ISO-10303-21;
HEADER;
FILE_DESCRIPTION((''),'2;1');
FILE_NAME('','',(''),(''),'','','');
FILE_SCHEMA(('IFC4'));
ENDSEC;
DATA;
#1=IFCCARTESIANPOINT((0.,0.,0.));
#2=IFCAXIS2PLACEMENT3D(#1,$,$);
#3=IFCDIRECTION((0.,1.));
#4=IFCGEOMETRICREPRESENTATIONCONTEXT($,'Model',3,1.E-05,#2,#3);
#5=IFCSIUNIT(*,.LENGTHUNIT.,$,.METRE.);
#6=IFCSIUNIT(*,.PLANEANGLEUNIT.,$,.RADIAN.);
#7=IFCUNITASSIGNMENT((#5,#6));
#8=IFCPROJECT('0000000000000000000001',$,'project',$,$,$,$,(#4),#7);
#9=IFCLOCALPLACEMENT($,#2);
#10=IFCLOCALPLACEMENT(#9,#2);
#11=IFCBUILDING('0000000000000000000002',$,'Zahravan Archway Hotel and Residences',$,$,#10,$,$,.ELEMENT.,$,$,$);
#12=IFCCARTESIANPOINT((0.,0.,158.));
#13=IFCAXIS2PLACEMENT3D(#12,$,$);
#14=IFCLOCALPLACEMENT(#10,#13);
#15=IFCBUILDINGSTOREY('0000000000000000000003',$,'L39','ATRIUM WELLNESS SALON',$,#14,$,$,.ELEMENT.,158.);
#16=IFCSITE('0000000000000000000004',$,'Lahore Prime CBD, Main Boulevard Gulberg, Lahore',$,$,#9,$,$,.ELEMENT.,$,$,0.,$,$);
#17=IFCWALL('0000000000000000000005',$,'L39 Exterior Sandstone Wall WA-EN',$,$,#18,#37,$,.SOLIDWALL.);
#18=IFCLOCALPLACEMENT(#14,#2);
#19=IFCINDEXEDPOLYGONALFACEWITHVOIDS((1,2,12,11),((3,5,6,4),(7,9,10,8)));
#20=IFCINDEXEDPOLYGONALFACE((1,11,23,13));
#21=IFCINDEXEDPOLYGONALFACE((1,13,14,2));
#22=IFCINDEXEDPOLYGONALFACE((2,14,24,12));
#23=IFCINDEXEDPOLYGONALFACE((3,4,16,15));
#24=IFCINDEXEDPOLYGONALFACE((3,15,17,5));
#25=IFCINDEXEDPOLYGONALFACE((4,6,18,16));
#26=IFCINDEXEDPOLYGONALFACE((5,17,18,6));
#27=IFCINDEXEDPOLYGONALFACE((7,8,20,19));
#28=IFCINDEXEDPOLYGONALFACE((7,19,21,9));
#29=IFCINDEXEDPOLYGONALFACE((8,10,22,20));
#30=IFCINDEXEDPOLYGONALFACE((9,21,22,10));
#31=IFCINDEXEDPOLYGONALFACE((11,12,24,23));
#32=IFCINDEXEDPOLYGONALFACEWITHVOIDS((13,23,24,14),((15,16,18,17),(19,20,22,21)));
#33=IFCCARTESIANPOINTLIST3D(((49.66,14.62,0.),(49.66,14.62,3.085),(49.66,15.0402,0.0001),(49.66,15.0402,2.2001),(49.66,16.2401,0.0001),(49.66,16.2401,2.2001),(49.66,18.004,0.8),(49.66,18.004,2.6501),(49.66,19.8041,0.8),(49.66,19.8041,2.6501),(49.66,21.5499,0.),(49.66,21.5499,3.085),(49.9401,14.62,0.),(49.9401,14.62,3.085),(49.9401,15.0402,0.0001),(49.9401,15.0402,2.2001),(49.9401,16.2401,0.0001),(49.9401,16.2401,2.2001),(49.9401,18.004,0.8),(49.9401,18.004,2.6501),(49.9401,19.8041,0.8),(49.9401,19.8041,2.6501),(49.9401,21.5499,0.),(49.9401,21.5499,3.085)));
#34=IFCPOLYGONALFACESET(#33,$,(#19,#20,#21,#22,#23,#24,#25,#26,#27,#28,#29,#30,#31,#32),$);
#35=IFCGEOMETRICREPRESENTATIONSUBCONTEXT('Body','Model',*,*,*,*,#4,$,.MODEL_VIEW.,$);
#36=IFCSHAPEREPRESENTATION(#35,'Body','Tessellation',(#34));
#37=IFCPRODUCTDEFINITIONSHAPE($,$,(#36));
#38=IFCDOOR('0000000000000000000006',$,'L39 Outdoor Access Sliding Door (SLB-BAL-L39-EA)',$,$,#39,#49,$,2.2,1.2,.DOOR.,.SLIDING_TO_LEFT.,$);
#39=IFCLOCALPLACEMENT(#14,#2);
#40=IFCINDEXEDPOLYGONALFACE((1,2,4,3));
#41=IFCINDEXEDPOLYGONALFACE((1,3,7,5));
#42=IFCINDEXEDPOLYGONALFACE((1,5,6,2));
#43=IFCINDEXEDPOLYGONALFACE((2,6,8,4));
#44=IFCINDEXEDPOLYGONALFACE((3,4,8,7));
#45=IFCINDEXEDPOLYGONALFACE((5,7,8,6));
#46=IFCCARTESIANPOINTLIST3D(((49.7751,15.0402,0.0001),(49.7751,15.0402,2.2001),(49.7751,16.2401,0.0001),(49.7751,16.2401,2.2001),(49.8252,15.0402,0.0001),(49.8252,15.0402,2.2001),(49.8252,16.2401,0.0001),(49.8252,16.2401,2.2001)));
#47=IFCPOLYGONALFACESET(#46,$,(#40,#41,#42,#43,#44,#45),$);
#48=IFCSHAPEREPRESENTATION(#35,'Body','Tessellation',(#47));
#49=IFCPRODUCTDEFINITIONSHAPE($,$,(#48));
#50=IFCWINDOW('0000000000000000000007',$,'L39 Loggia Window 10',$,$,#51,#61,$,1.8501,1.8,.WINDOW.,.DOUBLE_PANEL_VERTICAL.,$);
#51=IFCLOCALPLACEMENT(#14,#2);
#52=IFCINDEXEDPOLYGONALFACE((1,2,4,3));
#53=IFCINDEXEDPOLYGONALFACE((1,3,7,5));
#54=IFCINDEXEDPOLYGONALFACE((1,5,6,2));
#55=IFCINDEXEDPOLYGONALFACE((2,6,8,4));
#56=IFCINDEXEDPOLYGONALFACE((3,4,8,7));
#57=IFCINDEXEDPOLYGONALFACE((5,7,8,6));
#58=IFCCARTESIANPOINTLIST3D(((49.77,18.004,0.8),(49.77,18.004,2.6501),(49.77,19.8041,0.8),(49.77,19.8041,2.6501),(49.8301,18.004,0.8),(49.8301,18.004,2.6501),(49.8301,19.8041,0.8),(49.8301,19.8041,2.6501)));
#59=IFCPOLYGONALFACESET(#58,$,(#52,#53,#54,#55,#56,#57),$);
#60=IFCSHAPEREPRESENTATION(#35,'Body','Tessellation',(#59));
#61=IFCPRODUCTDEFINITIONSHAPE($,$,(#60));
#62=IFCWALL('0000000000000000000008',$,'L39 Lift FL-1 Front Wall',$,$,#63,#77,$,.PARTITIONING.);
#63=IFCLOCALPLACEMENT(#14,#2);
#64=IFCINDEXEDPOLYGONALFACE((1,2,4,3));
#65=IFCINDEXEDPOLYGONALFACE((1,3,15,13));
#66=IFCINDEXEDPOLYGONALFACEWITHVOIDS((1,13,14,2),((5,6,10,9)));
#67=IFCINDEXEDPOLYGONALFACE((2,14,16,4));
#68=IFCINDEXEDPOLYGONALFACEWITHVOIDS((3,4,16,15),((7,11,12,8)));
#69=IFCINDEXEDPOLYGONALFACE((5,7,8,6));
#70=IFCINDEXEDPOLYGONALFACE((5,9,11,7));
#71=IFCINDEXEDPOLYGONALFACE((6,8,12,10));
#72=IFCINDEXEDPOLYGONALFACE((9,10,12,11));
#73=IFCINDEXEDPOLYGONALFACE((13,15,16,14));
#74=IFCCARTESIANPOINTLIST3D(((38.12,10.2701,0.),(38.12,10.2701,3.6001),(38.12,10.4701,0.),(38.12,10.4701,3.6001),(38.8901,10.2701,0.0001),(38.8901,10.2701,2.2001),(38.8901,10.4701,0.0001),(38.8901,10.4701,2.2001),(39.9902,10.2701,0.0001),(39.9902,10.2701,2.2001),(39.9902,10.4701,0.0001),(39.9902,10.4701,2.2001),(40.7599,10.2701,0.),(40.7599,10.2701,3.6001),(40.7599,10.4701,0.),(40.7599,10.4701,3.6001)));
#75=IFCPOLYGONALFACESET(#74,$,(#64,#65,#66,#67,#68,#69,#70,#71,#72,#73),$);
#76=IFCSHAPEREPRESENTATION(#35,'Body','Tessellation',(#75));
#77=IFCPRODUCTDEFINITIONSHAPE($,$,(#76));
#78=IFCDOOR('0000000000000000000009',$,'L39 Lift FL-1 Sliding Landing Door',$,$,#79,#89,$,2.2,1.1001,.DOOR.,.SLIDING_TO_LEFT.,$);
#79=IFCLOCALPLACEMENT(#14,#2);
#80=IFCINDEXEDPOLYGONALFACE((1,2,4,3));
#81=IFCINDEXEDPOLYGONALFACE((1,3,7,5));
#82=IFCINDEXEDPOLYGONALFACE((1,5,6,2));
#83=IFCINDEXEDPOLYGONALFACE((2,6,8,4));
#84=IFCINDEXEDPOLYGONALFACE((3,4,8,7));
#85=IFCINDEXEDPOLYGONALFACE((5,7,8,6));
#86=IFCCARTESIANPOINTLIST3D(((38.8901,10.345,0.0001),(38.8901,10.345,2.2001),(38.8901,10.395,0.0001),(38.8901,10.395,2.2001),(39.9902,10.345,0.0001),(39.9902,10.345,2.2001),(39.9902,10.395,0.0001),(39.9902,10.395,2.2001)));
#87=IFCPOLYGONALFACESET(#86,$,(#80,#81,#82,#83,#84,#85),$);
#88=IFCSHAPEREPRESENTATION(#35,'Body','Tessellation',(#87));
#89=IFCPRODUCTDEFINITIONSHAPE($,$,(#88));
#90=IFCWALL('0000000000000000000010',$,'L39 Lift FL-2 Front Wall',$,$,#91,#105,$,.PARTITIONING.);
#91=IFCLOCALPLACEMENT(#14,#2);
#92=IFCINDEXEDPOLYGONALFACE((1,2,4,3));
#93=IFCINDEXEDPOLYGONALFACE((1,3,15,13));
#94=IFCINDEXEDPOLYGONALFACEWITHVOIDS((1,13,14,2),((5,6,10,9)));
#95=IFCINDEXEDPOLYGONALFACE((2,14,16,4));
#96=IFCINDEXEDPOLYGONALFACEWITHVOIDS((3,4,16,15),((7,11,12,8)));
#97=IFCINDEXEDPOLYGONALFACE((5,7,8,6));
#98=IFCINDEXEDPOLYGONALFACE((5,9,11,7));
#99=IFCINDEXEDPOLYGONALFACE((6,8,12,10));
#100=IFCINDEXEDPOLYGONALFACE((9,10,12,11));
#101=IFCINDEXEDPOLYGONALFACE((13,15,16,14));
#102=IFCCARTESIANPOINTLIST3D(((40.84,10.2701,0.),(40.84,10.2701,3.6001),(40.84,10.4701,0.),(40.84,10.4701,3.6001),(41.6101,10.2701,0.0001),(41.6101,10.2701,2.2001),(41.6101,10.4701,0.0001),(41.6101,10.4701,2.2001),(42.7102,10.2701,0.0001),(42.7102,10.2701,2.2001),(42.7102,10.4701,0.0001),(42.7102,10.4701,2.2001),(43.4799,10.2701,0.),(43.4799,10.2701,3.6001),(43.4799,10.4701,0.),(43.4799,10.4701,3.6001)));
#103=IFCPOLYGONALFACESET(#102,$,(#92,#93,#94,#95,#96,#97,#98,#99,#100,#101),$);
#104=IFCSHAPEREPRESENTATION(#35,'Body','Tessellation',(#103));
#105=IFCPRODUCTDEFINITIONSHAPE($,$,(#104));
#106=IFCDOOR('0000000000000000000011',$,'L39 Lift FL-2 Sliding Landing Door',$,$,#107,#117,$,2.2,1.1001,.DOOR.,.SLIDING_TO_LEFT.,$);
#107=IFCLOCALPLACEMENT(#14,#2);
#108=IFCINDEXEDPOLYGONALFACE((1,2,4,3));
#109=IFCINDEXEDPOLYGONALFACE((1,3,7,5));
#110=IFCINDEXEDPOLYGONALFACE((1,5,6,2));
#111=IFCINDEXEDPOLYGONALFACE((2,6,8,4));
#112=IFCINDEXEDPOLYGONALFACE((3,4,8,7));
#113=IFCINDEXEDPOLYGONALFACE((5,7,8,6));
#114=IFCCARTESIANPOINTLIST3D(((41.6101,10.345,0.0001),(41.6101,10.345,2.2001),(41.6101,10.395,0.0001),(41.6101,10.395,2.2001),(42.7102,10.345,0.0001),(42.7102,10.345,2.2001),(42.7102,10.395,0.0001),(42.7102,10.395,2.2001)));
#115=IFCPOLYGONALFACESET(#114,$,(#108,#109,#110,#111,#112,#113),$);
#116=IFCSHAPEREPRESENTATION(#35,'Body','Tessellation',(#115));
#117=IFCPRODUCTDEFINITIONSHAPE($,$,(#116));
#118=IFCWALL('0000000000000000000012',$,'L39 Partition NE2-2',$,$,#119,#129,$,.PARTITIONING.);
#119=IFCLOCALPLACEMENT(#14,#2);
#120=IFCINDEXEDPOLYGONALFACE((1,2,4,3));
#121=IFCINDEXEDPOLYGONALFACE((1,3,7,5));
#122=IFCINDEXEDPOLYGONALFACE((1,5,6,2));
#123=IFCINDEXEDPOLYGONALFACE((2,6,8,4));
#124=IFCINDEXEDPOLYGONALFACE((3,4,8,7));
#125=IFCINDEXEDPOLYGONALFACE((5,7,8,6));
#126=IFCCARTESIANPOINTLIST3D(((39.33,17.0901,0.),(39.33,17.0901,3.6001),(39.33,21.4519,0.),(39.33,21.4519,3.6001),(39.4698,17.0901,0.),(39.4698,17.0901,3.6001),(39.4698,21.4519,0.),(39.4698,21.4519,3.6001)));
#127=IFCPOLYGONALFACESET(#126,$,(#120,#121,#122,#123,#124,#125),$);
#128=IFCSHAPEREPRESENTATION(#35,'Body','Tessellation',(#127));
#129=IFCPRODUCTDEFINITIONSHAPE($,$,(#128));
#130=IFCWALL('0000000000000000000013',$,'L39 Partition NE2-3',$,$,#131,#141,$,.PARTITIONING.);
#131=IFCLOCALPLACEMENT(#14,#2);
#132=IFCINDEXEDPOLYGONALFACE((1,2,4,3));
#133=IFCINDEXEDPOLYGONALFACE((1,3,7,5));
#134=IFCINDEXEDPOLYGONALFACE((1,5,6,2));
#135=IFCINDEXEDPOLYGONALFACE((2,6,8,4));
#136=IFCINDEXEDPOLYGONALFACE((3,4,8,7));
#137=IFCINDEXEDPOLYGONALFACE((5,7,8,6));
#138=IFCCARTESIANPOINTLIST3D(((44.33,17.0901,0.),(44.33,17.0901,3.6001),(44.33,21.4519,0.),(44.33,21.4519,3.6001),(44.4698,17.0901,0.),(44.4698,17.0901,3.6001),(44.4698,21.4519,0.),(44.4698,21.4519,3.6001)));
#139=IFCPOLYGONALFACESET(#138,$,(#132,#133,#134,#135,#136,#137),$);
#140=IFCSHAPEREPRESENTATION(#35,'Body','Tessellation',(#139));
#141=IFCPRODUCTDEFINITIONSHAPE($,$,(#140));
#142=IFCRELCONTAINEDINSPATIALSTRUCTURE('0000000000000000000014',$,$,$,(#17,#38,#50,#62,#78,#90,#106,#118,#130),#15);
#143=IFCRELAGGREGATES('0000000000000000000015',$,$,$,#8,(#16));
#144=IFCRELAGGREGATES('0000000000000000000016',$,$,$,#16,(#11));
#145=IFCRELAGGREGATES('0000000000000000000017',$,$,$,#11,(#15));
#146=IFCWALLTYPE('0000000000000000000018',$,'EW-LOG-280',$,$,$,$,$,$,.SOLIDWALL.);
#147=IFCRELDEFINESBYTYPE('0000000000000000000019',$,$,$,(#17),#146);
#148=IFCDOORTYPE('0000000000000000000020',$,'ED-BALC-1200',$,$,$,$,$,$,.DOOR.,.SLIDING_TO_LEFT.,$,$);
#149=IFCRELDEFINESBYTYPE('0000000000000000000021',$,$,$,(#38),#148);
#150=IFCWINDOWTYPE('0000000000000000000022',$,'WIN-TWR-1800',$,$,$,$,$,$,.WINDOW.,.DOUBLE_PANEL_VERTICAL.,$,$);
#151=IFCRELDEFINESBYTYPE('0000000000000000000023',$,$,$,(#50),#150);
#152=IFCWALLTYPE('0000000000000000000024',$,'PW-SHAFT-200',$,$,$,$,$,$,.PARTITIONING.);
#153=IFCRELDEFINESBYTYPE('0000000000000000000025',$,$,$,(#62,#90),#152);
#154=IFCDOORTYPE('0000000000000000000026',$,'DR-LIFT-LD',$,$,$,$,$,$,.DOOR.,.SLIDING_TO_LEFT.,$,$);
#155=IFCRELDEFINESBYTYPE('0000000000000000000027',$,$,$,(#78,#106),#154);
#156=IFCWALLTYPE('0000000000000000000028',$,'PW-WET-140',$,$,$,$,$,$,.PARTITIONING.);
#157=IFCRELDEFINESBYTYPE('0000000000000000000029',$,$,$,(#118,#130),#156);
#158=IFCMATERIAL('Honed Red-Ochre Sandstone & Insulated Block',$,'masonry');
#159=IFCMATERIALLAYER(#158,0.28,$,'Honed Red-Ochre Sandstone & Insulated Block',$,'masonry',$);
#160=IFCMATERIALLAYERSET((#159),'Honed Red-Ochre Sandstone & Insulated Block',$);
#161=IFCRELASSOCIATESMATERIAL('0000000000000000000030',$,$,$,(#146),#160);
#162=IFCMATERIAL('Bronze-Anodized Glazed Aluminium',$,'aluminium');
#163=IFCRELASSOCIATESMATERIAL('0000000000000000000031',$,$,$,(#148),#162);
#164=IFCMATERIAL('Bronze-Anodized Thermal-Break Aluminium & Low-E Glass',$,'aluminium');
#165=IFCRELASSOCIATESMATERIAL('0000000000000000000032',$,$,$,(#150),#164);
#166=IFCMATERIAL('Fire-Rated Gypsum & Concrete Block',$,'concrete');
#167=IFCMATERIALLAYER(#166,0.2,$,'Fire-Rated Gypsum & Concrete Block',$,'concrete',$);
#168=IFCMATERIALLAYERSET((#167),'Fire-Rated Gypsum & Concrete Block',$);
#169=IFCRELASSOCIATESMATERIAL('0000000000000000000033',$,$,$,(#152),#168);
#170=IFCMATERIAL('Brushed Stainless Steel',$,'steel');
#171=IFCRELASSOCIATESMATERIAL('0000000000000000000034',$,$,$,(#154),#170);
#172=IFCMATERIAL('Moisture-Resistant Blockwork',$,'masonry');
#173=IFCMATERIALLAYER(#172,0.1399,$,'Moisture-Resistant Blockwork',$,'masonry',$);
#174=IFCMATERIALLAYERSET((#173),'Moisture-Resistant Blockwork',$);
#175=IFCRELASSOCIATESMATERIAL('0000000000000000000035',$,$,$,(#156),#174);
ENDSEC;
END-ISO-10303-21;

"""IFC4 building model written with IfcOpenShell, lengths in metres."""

from ifc_helpers import new_model, si_unit, direction, frame, frame_2d, origin, place, context, subcontext, project, spatial, rectangle, extrude, source, transform, mapped, material, layer, layer_set, type_object, type_shapes, element, fill, save


model = new_model("IFC4")

# Units and contexts
model_context = context("Model", 3, precision=1e-05, world=origin(), true_north=direction((0.0, 1.0)))
body_context = subcontext(model_context, "Body", "Model", "MODEL_VIEW")
ifc_project = project(units=[si_unit("LENGTHUNIT", "METRE"), si_unit("PLANEANGLEUNIT", "RADIAN")], contexts=[model_context])

# Site, building, storey
site_placement = place(None, origin())
site = spatial("IfcSite", under=ifc_project, at=site_placement, Name="Lahore Prime CBD, Main Boulevard Gulberg, Lahore", CompositionType="ELEMENT", RefElevation=0.0)
building_placement = place(site_placement, origin())
building = spatial("IfcBuilding", under=site, at=building_placement, Name="Zahravan Archway Hotel and Residences", CompositionType="ELEMENT")
storey_placement = place(building_placement, frame((0.0, 0.0, 158.0)))
storey = spatial("IfcBuildingStorey", under=building, at=storey_placement, Name="L39", Description="ATRIUM WELLNESS SALON", CompositionType="ELEMENT", Elevation=158.0)

# Wall, openings, door, window
ifc_material_1 = material(Name="Honed Red-Ochre Sandstone & Insulated Block", Category="masonry")
ifc_layer_1 = layer(ifc_material_1, 0.28, Name="Honed Red-Ochre Sandstone & Insulated Block", Category="masonry")
ifc_layer_set_1 = layer_set([ifc_layer_1], Name="Honed Red-Ochre Sandstone & Insulated Block")
wall_type_1 = type_object("IfcWallType", Name="EW-LOG-280", PredefinedType="SOLIDWALL", material=ifc_layer_set_1)
wall_1_placement = place(storey_placement, frame((49.8, 14.6201, 0.0), z_axis=(0.0, 0.0, 1.0), x_axis=(0.0, 1.0, 0.0)))
wall_1 = element("IfcWall", 1, at=wall_1_placement, inside=storey, type_object=wall_type_1, Name="L39 Exterior Sandstone Wall WA-EN", PredefinedType="SOLIDWALL", context=body_context, shape_type="SweptSolid", body=[
    extrude(rectangle(XDim=6.9299, YDim=0.28, at=frame_2d((3.4648, 0.0))), origin(), (0.0, 0.0, 1.0), 3.085),
])
opening_1_placement = place(wall_1_placement, frame((0.4199, 0.0, 0.0)))
opening_1 = element("IfcOpeningElement", 2, at=opening_1_placement, cuts=wall_1, PredefinedType="OPENING", context=body_context, shape_type="SweptSolid", body=[
    extrude(rectangle(XDim=1.2, YDim=2.2, at=frame_2d((0.6001, 1.1001))), frame((0.0, 0.1499, 0.0), z_axis=(0.0, -1.0, 0.0), x_axis=(1.0, 0.0, 0.0)), (0.0, 0.0, 1.0), 0.3),
])
opening_2_placement = place(wall_1_placement, frame((3.384, 0.0, 0.8)))
opening_2 = element("IfcOpeningElement", 3, at=opening_2_placement, cuts=wall_1, PredefinedType="OPENING", context=body_context, shape_type="SweptSolid", body=[
    extrude(rectangle(XDim=1.8, YDim=1.8501, at=frame_2d((0.8999, 0.925))), frame((0.0, 0.1499, 0.0), z_axis=(0.0, -1.0, 0.0), x_axis=(1.0, 0.0, 0.0)), (0.0, 0.0, 1.0), 0.3),
])
ifc_material_2 = material(Name="Bronze-Anodized Glazed Aluminium", Category="aluminium")
door_type_1 = type_object("IfcDoorType", Name="ED-BALC-1200", OperationType="SLIDING_TO_LEFT", PredefinedType="DOOR", material=ifc_material_2)
shared_shape_1 = source(origin(), body_context, "Body", "SweptSolid", [
    extrude(rectangle(XDim=1.2, YDim=2.2, at=frame_2d((0.6001, 1.1001))), frame((0.0, 0.0249, 0.0), z_axis=(0.0, -1.0, 0.0), x_axis=(1.0, 0.0, 0.0)), (0.0, 0.0, 1.0), 0.05),
])
type_shapes(door_type_1, [shared_shape_1])
door_1_placement = place(opening_1_placement, origin())
door_1 = element("IfcDoor", 4, at=door_1_placement, inside=storey, type_object=door_type_1, Name="L39 Outdoor Access Sliding Door (SLB-BAL-L39-EA)", OperationType="SLIDING_TO_LEFT", OverallHeight=2.2, OverallWidth=1.2, PredefinedType="DOOR", context=body_context, shape_type="MappedRepresentation", body=[
    mapped(shared_shape_1, transform((0.0, 0.0, 0.0), scale=1.0)),
])
fill(opening_1, door_1)
ifc_material_3 = material(Name="Bronze-Anodized Thermal-Break Aluminium & Low-E Glass", Category="aluminium")
window_type = type_object("IfcWindowType", Name="WIN-TWR-1800", PartitioningType="DOUBLE_PANEL_VERTICAL", PredefinedType="WINDOW", material=ifc_material_3)
shared_shape_2 = source(origin(), body_context, "Body", "SweptSolid", [
    extrude(rectangle(XDim=1.8, YDim=1.8501, at=frame_2d((0.8999, 0.925))), frame((0.0, 0.03, 0.0), z_axis=(0.0, -1.0, 0.0), x_axis=(1.0, 0.0, 0.0)), (0.0, 0.0, 1.0), 0.0601),
])
type_shapes(window_type, [shared_shape_2])
window_placement = place(opening_2_placement, origin())
window = element("IfcWindow", 5, at=window_placement, inside=storey, type_object=window_type, Name="L39 Loggia Window 10", OverallHeight=1.8501, OverallWidth=1.8, PartitioningType="DOUBLE_PANEL_VERTICAL", PredefinedType="WINDOW", context=body_context, shape_type="MappedRepresentation", body=[
    mapped(shared_shape_2, transform((0.0, 0.0, 0.0), scale=1.0)),
])
fill(opening_2, window)

# Walls, openings, doors
ifc_material_4 = material(Name="Fire-Rated Gypsum & Concrete Block", Category="concrete")
ifc_layer_2 = layer(ifc_material_4, 0.2, Name="Fire-Rated Gypsum & Concrete Block", Category="concrete")
ifc_layer_set_2 = layer_set([ifc_layer_2], Name="Fire-Rated Gypsum & Concrete Block")
wall_type_2 = type_object("IfcWallType", Name="PW-SHAFT-200", PredefinedType="PARTITIONING", material=ifc_layer_set_2)
wall_2_placement = place(storey_placement, frame((38.1201, 10.3701, 0.0), z_axis=(0.0, 0.0, 1.0), x_axis=(1.0, 0.0, 0.0)))
wall_2 = element("IfcWall", 6, at=wall_2_placement, inside=storey, type_object=wall_type_2, Name="L39 Lift FL-1 Front Wall", PredefinedType="PARTITIONING", context=body_context, shape_type="SweptSolid", body=[
    extrude(rectangle(XDim=2.6399, YDim=0.2, at=frame_2d((1.3198, 0.0))), origin(), (0.0, 0.0, 1.0), 3.6001),
])
opening_3_placement = place(wall_2_placement, frame((0.77, 0.0, 0.0)))
opening_3 = element("IfcOpeningElement", 7, at=opening_3_placement, cuts=wall_2, PredefinedType="OPENING", context=body_context, shape_type="SweptSolid", body=[
    extrude(rectangle(XDim=1.1001, YDim=2.2, at=frame_2d((0.55, 1.1001))), frame((0.0, 0.1099, 0.0), z_axis=(0.0, -1.0, 0.0), x_axis=(1.0, 0.0, 0.0)), (0.0, 0.0, 1.0), 0.22),
])
ifc_material_5 = material(Name="Brushed Stainless Steel", Category="steel")
door_type_2 = type_object("IfcDoorType", Name="DR-LIFT-LD", OperationType="SLIDING_TO_LEFT", PredefinedType="DOOR", material=ifc_material_5)
shared_shape_3 = source(origin(), body_context, "Body", "SweptSolid", [
    extrude(rectangle(XDim=1.1001, YDim=2.2, at=frame_2d((0.55, 1.1001))), frame((0.0, 0.0249, 0.0), z_axis=(0.0, -1.0, 0.0), x_axis=(1.0, 0.0, 0.0)), (0.0, 0.0, 1.0), 0.05),
])
type_shapes(door_type_2, [shared_shape_3])
door_2_placement = place(opening_3_placement, origin())
door_2 = element("IfcDoor", 8, at=door_2_placement, inside=storey, type_object=door_type_2, Name="L39 Lift FL-1 Sliding Landing Door", OperationType="SLIDING_TO_LEFT", OverallHeight=2.2, OverallWidth=1.1001, PredefinedType="DOOR", context=body_context, shape_type="MappedRepresentation", body=[
    mapped(shared_shape_3, transform((0.0, 0.0, 0.0), scale=1.0)),
])
fill(opening_3, door_2)
wall_3_placement = place(storey_placement, frame((40.8401, 10.3701, 0.0), z_axis=(0.0, 0.0, 1.0), x_axis=(1.0, 0.0, 0.0)))
wall_3 = element("IfcWall", 9, at=wall_3_placement, inside=storey, type_object=wall_type_2, Name="L39 Lift FL-2 Front Wall", PredefinedType="PARTITIONING", context=body_context, shape_type="SweptSolid", body=[
    extrude(rectangle(XDim=2.6399, YDim=0.2, at=frame_2d((1.3198, 0.0))), origin(), (0.0, 0.0, 1.0), 3.6001),
])
opening_4_placement = place(wall_3_placement, frame((0.77, 0.0, 0.0)))
opening_4 = element("IfcOpeningElement", 10, at=opening_4_placement, cuts=wall_3, PredefinedType="OPENING", context=body_context, shape_type="SweptSolid", body=[
    extrude(rectangle(XDim=1.1001, YDim=2.2, at=frame_2d((0.55, 1.1001))), frame((0.0, 0.1099, 0.0), z_axis=(0.0, -1.0, 0.0), x_axis=(1.0, 0.0, 0.0)), (0.0, 0.0, 1.0), 0.22),
])
door_3_placement = place(opening_4_placement, origin())
door_3 = element("IfcDoor", 11, at=door_3_placement, inside=storey, type_object=door_type_2, Name="L39 Lift FL-2 Sliding Landing Door", OperationType="SLIDING_TO_LEFT", OverallHeight=2.2, OverallWidth=1.1001, PredefinedType="DOOR", context=body_context, shape_type="MappedRepresentation", body=[
    mapped(shared_shape_3, transform((0.0, 0.0, 0.0), scale=1.0)),
])
fill(opening_4, door_3)

# Walls
ifc_material_6 = material(Name="Moisture-Resistant Blockwork", Category="masonry")
ifc_layer_3 = layer(ifc_material_6, 0.1399, Name="Moisture-Resistant Blockwork", Category="masonry")
ifc_layer_set_3 = layer_set([ifc_layer_3], Name="Moisture-Resistant Blockwork")
wall_type_3 = type_object("IfcWallType", Name="PW-WET-140", PredefinedType="PARTITIONING", material=ifc_layer_set_3)
for number, where, z_axis, x_axis, name in (
    (12, (39.3999, 17.0901, 0.0), (0.0, 0.0, 1.0), (0.0, 1.0, 0.0), "L39 Partition NE2-2"),
    (13, (44.3999, 17.0901, 0.0), (0.0, 0.0, 1.0), (0.0, 1.0, 0.0), "L39 Partition NE2-3"),
):
    element("IfcWall", number, at=place(storey_placement, frame(where, z_axis=z_axis, x_axis=x_axis)), inside=storey, type_object=wall_type_3, Name=name, PredefinedType="PARTITIONING", context=body_context, shape_type="SweptSolid", body=[
        extrude(rectangle(XDim=4.3618, YDim=0.1399, at=frame_2d((2.1809, 0.0))), origin(), (0.0, 0.0, 1.0), 3.6001),
    ])

save(model, "model.ifc")
